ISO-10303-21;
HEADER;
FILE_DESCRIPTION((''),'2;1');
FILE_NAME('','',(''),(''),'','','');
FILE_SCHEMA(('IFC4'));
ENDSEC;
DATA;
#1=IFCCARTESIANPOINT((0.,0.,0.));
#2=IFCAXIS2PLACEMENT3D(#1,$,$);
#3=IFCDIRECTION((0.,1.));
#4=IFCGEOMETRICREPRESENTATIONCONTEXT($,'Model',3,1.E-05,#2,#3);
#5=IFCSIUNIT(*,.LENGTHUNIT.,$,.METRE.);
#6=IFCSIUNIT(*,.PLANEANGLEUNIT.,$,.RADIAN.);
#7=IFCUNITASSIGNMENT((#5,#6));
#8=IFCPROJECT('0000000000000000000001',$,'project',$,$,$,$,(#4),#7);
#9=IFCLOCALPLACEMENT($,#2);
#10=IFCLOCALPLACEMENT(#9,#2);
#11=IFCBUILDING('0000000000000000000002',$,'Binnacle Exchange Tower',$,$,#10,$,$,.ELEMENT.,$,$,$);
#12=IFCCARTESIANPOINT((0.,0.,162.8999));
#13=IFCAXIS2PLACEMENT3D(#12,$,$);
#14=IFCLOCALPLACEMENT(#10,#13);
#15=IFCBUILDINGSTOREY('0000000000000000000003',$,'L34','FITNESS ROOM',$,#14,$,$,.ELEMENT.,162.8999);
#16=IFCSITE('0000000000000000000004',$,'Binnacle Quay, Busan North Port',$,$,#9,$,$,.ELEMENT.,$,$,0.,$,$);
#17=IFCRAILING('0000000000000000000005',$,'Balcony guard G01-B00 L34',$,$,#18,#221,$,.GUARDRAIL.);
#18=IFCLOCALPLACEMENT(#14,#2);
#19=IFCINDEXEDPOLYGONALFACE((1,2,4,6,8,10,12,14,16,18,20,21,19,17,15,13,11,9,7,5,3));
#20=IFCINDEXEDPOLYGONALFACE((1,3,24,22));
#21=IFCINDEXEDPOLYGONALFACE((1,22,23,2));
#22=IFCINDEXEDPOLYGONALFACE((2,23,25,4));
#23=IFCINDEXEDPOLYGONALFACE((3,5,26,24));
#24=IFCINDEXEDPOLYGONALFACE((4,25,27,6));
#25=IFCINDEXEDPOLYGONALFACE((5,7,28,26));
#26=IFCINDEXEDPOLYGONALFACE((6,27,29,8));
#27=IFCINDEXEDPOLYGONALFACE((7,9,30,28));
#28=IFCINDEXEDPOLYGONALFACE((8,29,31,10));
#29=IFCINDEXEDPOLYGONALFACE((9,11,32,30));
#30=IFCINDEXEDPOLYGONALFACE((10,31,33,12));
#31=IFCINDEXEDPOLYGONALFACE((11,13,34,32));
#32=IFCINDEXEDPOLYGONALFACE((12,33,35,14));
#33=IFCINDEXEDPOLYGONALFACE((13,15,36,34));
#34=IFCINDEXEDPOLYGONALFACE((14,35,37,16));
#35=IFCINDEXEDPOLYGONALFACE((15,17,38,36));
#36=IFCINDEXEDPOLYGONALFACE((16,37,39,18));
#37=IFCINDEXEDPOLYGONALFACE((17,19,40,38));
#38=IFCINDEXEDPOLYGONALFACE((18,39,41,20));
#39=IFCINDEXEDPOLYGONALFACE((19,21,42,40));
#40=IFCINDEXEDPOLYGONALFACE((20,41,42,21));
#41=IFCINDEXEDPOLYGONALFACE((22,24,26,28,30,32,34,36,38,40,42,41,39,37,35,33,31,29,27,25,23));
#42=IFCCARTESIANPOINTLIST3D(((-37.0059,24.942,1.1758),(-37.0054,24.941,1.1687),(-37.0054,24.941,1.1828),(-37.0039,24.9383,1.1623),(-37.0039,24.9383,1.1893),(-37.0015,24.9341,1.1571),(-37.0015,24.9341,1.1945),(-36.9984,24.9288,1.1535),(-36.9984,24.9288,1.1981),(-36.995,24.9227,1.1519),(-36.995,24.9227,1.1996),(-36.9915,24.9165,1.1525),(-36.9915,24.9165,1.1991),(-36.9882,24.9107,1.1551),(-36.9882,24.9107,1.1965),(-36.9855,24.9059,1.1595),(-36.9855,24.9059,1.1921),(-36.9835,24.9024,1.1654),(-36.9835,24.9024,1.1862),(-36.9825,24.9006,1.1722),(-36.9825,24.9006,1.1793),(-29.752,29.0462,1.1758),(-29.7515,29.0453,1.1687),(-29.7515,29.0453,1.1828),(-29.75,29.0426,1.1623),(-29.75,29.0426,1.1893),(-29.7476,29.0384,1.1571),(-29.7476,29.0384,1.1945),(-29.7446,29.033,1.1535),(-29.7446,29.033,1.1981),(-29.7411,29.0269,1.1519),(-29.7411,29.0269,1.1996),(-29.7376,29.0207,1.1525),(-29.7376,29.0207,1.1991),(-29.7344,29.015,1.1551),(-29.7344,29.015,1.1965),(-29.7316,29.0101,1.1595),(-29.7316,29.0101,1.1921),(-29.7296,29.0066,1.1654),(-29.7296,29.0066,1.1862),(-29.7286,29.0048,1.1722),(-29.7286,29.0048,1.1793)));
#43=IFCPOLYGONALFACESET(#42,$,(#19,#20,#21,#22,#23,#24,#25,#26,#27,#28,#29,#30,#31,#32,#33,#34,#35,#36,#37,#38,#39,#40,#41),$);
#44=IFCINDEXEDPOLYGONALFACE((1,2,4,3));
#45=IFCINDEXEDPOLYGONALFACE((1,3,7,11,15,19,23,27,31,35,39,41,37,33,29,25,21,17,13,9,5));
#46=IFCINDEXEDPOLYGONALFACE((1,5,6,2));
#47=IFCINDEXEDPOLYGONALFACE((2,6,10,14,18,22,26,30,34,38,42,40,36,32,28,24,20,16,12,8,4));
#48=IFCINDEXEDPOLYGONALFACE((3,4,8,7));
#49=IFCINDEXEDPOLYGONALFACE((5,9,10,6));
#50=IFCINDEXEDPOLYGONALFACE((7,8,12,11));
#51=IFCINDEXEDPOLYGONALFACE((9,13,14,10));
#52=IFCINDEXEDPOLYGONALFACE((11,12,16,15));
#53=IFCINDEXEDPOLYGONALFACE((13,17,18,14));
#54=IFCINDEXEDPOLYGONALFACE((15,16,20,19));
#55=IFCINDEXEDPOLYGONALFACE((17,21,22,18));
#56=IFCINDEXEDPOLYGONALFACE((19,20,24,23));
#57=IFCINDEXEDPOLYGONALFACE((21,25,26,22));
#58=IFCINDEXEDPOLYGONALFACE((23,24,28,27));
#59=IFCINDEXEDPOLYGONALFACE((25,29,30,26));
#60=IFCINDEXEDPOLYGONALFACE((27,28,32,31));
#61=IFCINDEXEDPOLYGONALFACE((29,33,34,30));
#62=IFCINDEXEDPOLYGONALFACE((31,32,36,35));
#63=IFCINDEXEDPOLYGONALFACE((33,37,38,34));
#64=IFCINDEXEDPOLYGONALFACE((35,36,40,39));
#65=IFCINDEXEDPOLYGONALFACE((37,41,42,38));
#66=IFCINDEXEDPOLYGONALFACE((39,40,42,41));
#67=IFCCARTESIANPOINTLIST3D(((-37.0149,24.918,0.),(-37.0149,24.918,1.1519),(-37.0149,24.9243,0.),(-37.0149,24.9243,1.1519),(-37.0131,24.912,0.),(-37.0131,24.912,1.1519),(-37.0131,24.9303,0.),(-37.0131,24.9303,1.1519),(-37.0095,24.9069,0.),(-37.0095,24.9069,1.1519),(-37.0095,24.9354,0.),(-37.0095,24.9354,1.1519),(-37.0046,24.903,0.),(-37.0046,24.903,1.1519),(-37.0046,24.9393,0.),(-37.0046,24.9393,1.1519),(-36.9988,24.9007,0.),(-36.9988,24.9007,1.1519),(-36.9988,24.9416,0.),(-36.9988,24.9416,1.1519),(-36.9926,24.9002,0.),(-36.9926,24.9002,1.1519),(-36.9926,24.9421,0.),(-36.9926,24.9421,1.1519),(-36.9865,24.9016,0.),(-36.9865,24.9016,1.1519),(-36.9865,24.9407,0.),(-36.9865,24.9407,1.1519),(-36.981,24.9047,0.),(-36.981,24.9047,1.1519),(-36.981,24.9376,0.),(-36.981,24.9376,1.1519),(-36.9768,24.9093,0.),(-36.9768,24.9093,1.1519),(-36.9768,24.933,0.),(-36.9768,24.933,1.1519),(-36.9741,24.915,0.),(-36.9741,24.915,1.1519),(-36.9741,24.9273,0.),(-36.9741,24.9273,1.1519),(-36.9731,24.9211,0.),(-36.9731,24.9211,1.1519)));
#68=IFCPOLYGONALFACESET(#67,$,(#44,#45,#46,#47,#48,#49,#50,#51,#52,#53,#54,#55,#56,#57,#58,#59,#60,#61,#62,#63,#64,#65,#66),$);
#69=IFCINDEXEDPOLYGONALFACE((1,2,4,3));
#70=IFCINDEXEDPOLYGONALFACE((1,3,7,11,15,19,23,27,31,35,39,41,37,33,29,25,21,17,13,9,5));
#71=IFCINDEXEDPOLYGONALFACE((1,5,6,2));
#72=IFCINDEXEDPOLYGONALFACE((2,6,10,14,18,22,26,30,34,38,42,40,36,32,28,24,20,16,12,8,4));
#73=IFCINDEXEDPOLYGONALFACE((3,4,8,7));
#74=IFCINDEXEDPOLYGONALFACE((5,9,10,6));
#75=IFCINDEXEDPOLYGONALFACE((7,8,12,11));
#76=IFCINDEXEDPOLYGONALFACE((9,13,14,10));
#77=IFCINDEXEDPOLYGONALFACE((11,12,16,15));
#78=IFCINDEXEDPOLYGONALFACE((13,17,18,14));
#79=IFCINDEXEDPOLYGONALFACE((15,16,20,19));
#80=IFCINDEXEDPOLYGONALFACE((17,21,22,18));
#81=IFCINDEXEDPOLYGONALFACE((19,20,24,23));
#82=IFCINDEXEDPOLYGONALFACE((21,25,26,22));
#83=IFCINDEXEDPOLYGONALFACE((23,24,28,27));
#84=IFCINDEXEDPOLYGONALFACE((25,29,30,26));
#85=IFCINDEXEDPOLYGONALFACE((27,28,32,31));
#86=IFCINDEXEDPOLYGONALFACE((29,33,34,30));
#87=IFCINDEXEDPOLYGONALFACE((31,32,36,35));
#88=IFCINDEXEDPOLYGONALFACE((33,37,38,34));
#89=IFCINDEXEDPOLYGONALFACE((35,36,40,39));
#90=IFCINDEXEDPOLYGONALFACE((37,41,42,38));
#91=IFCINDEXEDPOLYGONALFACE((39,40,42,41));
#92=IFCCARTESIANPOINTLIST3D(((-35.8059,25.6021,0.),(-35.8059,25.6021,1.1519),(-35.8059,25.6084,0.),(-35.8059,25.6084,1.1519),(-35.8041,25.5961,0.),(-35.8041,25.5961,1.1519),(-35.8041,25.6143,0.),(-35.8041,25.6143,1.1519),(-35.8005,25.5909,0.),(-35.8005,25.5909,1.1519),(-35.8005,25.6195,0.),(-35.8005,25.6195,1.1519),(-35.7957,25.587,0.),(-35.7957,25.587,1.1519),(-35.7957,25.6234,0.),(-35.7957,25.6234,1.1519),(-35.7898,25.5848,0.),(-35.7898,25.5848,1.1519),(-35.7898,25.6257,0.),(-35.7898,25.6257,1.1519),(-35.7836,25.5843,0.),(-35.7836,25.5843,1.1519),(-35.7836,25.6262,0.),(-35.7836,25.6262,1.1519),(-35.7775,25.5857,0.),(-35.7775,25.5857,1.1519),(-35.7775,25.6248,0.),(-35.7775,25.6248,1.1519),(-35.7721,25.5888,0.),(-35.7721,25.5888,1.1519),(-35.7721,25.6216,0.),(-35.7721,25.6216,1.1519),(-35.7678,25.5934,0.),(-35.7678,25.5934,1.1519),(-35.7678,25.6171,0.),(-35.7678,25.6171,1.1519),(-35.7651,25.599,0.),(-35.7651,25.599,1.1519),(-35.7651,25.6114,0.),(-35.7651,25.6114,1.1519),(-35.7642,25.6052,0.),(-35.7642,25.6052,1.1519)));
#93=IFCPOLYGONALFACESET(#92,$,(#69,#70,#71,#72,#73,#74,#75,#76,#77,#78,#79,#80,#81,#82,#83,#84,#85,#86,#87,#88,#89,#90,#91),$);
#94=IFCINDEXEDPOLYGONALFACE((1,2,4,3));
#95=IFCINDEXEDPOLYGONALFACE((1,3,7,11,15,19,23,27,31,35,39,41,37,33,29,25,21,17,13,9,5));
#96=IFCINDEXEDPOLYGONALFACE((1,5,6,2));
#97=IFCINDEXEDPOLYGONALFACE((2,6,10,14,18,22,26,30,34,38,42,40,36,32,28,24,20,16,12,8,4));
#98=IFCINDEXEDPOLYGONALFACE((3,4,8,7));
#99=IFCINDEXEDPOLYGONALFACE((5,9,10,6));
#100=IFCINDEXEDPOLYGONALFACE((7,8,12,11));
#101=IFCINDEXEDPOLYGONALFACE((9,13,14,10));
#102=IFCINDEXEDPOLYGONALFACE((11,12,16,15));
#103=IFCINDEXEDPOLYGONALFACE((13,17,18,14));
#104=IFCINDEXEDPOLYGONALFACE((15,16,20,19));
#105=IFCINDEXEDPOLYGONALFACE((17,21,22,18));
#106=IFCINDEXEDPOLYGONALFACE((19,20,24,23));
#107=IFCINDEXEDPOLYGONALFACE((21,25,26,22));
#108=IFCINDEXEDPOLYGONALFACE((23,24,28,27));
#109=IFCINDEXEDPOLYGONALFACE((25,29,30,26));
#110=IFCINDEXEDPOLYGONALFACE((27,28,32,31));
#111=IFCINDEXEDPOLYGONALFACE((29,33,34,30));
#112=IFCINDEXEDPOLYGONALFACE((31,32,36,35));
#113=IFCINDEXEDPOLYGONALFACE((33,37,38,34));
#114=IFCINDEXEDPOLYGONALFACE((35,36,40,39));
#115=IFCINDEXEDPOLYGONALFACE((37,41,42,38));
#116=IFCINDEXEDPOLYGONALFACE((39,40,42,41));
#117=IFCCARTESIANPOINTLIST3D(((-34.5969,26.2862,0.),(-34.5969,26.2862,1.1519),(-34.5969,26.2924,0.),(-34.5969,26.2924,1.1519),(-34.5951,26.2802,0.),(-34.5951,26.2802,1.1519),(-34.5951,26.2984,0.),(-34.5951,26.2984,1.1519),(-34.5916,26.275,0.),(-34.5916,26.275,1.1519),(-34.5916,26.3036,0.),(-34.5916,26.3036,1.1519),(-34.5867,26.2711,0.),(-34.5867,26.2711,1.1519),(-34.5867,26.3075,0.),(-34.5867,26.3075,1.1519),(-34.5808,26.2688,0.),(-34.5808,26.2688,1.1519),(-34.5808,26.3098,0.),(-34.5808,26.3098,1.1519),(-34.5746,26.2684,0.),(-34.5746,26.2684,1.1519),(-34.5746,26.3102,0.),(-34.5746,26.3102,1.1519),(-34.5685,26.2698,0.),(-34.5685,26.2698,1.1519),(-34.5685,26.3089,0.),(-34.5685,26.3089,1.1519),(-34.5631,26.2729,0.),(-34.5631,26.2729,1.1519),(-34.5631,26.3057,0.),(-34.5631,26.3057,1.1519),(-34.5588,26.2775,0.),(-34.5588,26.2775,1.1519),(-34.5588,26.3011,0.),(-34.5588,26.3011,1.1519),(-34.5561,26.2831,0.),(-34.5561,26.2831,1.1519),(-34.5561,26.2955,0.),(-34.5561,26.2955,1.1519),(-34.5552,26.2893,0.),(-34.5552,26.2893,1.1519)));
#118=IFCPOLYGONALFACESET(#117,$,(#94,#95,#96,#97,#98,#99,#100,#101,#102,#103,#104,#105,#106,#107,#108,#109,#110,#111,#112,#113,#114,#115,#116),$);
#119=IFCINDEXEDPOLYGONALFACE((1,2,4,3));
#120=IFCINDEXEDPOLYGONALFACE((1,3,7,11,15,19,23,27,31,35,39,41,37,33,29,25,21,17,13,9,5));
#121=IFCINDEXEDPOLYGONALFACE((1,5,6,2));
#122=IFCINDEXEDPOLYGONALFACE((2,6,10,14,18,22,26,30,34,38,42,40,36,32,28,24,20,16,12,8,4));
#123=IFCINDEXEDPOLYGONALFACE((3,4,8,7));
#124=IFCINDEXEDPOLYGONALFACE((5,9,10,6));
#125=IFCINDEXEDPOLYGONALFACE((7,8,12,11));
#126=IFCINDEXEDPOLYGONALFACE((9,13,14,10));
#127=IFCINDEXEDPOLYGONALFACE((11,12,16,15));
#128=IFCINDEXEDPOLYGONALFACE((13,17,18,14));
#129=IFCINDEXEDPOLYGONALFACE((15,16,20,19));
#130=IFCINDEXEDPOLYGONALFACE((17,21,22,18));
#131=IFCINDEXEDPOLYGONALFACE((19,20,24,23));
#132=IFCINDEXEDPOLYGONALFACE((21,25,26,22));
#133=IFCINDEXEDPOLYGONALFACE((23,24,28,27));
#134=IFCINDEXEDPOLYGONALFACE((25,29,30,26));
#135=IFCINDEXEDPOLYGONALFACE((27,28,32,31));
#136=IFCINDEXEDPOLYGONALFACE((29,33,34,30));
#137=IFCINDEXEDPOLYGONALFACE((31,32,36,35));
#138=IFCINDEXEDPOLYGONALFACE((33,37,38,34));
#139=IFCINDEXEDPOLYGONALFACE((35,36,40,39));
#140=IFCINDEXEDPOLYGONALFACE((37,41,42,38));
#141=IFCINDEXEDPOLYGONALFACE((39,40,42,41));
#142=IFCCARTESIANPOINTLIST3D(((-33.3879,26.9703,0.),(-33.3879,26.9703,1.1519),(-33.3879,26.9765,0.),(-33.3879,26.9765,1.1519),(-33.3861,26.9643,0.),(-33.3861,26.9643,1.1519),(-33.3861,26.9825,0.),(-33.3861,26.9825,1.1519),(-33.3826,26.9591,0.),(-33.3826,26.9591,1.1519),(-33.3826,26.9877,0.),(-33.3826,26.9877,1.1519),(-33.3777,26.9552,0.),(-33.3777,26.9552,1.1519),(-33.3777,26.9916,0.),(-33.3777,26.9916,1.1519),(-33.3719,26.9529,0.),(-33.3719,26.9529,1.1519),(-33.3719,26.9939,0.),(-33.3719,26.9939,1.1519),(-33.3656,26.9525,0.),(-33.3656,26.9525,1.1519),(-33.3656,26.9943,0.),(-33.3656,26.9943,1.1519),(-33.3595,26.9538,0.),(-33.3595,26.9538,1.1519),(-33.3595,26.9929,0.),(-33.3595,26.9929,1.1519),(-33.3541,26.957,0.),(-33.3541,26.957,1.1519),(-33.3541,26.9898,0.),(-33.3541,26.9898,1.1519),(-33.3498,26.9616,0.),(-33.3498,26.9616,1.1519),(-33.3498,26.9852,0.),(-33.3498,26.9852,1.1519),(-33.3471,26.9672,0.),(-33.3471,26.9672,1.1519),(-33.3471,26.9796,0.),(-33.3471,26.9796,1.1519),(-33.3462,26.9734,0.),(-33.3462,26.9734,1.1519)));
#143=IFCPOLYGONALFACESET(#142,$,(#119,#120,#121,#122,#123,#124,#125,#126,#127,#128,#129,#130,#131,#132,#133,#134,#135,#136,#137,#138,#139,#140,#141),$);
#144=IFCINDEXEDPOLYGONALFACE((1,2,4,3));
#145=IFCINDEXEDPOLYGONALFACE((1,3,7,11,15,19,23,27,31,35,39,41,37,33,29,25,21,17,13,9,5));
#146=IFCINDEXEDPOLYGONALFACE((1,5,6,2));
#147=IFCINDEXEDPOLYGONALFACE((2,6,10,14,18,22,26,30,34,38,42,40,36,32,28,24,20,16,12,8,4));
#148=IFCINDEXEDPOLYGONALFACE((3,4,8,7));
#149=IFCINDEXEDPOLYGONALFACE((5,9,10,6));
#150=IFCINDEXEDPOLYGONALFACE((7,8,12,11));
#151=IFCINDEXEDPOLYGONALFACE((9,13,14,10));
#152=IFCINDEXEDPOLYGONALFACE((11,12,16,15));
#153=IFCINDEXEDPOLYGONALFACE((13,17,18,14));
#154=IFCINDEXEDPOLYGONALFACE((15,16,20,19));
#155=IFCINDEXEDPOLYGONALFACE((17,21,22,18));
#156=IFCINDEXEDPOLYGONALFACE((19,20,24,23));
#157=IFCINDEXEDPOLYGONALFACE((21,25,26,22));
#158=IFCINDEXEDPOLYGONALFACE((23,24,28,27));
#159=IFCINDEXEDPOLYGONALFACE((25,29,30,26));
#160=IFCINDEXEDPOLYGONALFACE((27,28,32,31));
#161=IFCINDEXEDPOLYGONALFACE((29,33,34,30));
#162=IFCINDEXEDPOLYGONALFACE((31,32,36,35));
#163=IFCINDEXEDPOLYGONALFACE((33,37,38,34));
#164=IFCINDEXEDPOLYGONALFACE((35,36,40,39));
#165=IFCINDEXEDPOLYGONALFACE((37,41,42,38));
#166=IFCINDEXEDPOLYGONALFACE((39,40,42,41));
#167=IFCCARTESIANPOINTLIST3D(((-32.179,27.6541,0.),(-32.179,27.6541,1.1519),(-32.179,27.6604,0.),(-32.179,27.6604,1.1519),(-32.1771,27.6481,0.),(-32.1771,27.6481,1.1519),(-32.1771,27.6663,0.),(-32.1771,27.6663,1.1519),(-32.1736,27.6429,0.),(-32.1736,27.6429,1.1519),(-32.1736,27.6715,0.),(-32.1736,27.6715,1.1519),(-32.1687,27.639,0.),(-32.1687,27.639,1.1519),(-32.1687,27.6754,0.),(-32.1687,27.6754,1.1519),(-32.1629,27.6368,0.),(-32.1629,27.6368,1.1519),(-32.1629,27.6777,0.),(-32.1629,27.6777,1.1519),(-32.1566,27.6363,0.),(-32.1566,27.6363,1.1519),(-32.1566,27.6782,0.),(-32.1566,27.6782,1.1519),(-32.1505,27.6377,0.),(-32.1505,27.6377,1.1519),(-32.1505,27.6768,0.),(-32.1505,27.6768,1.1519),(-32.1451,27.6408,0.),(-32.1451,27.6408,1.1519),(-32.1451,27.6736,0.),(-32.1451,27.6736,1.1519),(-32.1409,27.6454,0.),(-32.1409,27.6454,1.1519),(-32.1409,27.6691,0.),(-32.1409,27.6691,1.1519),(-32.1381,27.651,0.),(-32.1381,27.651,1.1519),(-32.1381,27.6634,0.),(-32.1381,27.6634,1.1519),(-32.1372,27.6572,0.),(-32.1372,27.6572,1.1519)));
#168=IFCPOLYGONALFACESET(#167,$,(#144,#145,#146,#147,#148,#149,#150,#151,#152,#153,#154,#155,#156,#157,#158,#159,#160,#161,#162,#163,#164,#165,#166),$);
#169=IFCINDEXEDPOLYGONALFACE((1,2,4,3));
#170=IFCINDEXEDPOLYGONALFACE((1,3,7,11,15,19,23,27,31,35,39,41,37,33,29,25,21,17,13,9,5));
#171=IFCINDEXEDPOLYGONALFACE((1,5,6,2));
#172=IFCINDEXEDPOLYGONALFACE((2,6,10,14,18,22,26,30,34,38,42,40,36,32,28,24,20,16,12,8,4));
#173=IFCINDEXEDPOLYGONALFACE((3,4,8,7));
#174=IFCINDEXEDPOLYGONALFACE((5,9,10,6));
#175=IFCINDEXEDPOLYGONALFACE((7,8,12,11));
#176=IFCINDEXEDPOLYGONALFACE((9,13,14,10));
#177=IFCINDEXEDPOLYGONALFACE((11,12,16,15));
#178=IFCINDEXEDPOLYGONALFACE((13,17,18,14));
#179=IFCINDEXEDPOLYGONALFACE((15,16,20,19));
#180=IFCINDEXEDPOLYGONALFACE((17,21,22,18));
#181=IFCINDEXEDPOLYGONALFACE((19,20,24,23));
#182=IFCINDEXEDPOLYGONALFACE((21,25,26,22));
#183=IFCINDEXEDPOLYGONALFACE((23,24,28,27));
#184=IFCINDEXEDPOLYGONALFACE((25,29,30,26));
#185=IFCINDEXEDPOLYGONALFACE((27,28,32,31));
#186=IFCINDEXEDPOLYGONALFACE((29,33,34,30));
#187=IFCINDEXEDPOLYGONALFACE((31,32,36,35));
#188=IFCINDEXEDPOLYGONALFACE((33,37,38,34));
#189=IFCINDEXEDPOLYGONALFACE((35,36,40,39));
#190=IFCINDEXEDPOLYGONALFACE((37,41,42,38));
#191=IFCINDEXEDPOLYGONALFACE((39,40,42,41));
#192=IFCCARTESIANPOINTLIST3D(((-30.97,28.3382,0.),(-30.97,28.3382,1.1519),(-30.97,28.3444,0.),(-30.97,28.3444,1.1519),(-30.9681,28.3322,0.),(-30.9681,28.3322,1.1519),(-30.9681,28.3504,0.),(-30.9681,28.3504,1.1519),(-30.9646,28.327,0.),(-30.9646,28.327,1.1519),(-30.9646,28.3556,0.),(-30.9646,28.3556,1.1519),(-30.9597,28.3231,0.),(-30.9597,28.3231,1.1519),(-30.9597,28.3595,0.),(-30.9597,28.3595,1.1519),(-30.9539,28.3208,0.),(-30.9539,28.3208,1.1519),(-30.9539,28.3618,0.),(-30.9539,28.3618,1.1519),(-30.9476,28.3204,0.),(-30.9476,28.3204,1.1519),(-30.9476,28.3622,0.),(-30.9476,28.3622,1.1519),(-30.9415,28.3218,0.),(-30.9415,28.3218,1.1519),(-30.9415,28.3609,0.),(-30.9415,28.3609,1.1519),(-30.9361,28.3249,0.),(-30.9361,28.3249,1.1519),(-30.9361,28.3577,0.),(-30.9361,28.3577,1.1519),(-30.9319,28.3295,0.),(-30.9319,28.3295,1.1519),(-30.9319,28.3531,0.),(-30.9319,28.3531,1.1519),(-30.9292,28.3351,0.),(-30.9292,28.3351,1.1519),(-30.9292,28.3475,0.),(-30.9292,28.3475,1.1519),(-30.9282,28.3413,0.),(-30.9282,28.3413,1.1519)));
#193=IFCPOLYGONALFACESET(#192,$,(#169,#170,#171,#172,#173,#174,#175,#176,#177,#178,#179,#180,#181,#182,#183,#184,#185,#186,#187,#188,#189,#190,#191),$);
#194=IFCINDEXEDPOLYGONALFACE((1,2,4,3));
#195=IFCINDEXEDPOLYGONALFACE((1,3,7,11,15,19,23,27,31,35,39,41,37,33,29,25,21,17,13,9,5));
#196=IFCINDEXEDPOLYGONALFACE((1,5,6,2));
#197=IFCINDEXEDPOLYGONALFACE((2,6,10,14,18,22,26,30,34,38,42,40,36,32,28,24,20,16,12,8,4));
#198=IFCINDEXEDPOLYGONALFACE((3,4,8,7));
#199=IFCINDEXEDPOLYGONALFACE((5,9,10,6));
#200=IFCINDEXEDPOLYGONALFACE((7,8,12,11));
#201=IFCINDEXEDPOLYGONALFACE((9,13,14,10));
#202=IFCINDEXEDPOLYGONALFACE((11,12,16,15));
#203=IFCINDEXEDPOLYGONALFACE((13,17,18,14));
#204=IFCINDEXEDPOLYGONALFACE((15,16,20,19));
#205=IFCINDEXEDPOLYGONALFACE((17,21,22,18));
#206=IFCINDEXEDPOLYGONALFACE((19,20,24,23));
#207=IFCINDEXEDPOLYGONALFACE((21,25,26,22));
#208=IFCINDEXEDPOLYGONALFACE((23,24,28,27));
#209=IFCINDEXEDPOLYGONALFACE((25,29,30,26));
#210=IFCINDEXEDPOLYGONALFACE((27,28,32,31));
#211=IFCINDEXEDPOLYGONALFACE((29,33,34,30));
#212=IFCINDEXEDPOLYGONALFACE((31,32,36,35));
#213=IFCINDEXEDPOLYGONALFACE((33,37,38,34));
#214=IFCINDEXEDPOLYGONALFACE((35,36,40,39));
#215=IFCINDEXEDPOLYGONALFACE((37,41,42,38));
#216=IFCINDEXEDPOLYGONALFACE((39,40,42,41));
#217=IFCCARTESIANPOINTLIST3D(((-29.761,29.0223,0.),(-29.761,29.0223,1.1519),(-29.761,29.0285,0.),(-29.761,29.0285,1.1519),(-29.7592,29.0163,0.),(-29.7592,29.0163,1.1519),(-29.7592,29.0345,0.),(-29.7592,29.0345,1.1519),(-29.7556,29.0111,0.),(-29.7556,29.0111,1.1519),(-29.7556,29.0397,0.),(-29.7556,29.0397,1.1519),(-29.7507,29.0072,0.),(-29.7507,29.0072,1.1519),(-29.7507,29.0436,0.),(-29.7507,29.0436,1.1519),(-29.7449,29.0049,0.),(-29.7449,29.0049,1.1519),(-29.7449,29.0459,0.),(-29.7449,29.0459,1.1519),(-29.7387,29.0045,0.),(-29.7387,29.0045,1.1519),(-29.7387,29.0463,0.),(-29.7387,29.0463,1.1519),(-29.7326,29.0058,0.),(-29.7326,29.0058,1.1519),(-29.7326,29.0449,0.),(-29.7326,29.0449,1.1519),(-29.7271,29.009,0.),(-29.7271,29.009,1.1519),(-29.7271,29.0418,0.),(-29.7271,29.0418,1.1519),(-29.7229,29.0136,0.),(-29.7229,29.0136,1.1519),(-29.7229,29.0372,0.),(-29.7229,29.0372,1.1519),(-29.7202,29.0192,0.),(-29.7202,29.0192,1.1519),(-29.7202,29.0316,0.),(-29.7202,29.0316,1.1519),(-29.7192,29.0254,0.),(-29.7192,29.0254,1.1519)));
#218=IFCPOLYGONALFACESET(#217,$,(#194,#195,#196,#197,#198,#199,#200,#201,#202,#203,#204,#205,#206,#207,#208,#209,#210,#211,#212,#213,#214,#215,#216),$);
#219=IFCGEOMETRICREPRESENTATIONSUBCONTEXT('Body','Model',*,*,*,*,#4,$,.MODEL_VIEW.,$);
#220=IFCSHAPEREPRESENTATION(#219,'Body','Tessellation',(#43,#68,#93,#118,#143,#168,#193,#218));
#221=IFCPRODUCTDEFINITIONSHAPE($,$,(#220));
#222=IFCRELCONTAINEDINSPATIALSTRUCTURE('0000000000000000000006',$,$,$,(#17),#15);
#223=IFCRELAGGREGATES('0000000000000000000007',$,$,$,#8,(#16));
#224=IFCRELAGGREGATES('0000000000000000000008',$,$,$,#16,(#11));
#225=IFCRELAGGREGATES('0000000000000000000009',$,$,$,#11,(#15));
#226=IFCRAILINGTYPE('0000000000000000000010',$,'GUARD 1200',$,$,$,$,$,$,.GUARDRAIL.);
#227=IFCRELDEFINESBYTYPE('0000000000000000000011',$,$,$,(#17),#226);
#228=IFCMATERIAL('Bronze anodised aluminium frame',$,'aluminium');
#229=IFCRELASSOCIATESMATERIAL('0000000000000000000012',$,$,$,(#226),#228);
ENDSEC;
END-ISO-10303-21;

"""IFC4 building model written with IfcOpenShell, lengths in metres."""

from ifc_helpers import new_model, si_unit, direction, frame, origin, origin_2d, place, context, subcontext, project, spatial, circle, extrude, material, type_object, element, save


model = new_model("IFC4")

# Units and contexts
model_context = context("Model", 3, precision=1e-05, world=origin(), true_north=direction((0.0, 1.0)))
body_context = subcontext(model_context, "Body", "Model", "MODEL_VIEW")
ifc_project = project(units=[si_unit("LENGTHUNIT", "METRE"), si_unit("PLANEANGLEUNIT", "RADIAN")], contexts=[model_context])

# Site, building, storey
site_placement = place(None, origin())
site = spatial("IfcSite", under=ifc_project, at=site_placement, Name="Binnacle Quay, Busan North Port", CompositionType="ELEMENT", RefElevation=0.0)
building_placement = place(site_placement, origin())
building = spatial("IfcBuilding", under=site, at=building_placement, Name="Binnacle Exchange Tower", CompositionType="ELEMENT")
storey_placement = place(building_placement, frame((0.0, 0.0, 162.8999)))
storey = spatial("IfcBuildingStorey", under=building, at=storey_placement, Name="L34", Description="FITNESS ROOM", CompositionType="ELEMENT", Elevation=162.8999)

# Railing
ifc_material_1 = material(Name="Bronze anodised aluminium frame", Category="aluminium")
railing_type = type_object("IfcRailingType", Name="GUARD 1200", PredefinedType="GUARDRAIL", material=ifc_material_1)
railing_placement = place(storey_placement, frame((-36.9941, 24.9211, 0.0)))
element("IfcRailing", 1, at=railing_placement, inside=storey, type_object=railing_type, Name="Balcony guard G01-B00 L34", PredefinedType="GUARDRAIL", context=body_context, shape_type="SweptSolid", body=[
    extrude(circle(Radius=0.0239, at=origin_2d()), frame((0.0, 0.0, 1.1758), z_axis=(0.870346, 0.49244, 0.0), x_axis=(-0.49244, 0.870346, 0.0)), (0.0, 0.0, 1.0), 8.3345),
    extrude(circle(Radius=0.021, at=origin_2d()), origin(), (0.0, 0.0, 1.0), 1.1519),
    extrude(circle(Radius=0.021, at=origin_2d()), frame((1.209, 0.6841, 0.0)), (0.0, 0.0, 1.0), 1.1519),
    extrude(circle(Radius=0.021, at=origin_2d()), frame((2.418, 1.3682, 0.0)), (0.0, 0.0, 1.0), 1.1519),
    extrude(circle(Radius=0.021, at=origin_2d()), frame((3.627, 2.0522, 0.0)), (0.0, 0.0, 1.0), 1.1519),
    extrude(circle(Radius=0.021, at=origin_2d()), frame((4.8359, 2.7361, 0.0)), (0.0, 0.0, 1.0), 1.1519),
    extrude(circle(Radius=0.021, at=origin_2d()), frame((6.0449, 3.4202, 0.0)), (0.0, 0.0, 1.0), 1.1519),
    extrude(circle(Radius=0.021, at=origin_2d()), frame((7.2539, 4.1042, 0.0)), (0.0, 0.0, 1.0), 1.1519),
])

save(model, "model.ifc")
